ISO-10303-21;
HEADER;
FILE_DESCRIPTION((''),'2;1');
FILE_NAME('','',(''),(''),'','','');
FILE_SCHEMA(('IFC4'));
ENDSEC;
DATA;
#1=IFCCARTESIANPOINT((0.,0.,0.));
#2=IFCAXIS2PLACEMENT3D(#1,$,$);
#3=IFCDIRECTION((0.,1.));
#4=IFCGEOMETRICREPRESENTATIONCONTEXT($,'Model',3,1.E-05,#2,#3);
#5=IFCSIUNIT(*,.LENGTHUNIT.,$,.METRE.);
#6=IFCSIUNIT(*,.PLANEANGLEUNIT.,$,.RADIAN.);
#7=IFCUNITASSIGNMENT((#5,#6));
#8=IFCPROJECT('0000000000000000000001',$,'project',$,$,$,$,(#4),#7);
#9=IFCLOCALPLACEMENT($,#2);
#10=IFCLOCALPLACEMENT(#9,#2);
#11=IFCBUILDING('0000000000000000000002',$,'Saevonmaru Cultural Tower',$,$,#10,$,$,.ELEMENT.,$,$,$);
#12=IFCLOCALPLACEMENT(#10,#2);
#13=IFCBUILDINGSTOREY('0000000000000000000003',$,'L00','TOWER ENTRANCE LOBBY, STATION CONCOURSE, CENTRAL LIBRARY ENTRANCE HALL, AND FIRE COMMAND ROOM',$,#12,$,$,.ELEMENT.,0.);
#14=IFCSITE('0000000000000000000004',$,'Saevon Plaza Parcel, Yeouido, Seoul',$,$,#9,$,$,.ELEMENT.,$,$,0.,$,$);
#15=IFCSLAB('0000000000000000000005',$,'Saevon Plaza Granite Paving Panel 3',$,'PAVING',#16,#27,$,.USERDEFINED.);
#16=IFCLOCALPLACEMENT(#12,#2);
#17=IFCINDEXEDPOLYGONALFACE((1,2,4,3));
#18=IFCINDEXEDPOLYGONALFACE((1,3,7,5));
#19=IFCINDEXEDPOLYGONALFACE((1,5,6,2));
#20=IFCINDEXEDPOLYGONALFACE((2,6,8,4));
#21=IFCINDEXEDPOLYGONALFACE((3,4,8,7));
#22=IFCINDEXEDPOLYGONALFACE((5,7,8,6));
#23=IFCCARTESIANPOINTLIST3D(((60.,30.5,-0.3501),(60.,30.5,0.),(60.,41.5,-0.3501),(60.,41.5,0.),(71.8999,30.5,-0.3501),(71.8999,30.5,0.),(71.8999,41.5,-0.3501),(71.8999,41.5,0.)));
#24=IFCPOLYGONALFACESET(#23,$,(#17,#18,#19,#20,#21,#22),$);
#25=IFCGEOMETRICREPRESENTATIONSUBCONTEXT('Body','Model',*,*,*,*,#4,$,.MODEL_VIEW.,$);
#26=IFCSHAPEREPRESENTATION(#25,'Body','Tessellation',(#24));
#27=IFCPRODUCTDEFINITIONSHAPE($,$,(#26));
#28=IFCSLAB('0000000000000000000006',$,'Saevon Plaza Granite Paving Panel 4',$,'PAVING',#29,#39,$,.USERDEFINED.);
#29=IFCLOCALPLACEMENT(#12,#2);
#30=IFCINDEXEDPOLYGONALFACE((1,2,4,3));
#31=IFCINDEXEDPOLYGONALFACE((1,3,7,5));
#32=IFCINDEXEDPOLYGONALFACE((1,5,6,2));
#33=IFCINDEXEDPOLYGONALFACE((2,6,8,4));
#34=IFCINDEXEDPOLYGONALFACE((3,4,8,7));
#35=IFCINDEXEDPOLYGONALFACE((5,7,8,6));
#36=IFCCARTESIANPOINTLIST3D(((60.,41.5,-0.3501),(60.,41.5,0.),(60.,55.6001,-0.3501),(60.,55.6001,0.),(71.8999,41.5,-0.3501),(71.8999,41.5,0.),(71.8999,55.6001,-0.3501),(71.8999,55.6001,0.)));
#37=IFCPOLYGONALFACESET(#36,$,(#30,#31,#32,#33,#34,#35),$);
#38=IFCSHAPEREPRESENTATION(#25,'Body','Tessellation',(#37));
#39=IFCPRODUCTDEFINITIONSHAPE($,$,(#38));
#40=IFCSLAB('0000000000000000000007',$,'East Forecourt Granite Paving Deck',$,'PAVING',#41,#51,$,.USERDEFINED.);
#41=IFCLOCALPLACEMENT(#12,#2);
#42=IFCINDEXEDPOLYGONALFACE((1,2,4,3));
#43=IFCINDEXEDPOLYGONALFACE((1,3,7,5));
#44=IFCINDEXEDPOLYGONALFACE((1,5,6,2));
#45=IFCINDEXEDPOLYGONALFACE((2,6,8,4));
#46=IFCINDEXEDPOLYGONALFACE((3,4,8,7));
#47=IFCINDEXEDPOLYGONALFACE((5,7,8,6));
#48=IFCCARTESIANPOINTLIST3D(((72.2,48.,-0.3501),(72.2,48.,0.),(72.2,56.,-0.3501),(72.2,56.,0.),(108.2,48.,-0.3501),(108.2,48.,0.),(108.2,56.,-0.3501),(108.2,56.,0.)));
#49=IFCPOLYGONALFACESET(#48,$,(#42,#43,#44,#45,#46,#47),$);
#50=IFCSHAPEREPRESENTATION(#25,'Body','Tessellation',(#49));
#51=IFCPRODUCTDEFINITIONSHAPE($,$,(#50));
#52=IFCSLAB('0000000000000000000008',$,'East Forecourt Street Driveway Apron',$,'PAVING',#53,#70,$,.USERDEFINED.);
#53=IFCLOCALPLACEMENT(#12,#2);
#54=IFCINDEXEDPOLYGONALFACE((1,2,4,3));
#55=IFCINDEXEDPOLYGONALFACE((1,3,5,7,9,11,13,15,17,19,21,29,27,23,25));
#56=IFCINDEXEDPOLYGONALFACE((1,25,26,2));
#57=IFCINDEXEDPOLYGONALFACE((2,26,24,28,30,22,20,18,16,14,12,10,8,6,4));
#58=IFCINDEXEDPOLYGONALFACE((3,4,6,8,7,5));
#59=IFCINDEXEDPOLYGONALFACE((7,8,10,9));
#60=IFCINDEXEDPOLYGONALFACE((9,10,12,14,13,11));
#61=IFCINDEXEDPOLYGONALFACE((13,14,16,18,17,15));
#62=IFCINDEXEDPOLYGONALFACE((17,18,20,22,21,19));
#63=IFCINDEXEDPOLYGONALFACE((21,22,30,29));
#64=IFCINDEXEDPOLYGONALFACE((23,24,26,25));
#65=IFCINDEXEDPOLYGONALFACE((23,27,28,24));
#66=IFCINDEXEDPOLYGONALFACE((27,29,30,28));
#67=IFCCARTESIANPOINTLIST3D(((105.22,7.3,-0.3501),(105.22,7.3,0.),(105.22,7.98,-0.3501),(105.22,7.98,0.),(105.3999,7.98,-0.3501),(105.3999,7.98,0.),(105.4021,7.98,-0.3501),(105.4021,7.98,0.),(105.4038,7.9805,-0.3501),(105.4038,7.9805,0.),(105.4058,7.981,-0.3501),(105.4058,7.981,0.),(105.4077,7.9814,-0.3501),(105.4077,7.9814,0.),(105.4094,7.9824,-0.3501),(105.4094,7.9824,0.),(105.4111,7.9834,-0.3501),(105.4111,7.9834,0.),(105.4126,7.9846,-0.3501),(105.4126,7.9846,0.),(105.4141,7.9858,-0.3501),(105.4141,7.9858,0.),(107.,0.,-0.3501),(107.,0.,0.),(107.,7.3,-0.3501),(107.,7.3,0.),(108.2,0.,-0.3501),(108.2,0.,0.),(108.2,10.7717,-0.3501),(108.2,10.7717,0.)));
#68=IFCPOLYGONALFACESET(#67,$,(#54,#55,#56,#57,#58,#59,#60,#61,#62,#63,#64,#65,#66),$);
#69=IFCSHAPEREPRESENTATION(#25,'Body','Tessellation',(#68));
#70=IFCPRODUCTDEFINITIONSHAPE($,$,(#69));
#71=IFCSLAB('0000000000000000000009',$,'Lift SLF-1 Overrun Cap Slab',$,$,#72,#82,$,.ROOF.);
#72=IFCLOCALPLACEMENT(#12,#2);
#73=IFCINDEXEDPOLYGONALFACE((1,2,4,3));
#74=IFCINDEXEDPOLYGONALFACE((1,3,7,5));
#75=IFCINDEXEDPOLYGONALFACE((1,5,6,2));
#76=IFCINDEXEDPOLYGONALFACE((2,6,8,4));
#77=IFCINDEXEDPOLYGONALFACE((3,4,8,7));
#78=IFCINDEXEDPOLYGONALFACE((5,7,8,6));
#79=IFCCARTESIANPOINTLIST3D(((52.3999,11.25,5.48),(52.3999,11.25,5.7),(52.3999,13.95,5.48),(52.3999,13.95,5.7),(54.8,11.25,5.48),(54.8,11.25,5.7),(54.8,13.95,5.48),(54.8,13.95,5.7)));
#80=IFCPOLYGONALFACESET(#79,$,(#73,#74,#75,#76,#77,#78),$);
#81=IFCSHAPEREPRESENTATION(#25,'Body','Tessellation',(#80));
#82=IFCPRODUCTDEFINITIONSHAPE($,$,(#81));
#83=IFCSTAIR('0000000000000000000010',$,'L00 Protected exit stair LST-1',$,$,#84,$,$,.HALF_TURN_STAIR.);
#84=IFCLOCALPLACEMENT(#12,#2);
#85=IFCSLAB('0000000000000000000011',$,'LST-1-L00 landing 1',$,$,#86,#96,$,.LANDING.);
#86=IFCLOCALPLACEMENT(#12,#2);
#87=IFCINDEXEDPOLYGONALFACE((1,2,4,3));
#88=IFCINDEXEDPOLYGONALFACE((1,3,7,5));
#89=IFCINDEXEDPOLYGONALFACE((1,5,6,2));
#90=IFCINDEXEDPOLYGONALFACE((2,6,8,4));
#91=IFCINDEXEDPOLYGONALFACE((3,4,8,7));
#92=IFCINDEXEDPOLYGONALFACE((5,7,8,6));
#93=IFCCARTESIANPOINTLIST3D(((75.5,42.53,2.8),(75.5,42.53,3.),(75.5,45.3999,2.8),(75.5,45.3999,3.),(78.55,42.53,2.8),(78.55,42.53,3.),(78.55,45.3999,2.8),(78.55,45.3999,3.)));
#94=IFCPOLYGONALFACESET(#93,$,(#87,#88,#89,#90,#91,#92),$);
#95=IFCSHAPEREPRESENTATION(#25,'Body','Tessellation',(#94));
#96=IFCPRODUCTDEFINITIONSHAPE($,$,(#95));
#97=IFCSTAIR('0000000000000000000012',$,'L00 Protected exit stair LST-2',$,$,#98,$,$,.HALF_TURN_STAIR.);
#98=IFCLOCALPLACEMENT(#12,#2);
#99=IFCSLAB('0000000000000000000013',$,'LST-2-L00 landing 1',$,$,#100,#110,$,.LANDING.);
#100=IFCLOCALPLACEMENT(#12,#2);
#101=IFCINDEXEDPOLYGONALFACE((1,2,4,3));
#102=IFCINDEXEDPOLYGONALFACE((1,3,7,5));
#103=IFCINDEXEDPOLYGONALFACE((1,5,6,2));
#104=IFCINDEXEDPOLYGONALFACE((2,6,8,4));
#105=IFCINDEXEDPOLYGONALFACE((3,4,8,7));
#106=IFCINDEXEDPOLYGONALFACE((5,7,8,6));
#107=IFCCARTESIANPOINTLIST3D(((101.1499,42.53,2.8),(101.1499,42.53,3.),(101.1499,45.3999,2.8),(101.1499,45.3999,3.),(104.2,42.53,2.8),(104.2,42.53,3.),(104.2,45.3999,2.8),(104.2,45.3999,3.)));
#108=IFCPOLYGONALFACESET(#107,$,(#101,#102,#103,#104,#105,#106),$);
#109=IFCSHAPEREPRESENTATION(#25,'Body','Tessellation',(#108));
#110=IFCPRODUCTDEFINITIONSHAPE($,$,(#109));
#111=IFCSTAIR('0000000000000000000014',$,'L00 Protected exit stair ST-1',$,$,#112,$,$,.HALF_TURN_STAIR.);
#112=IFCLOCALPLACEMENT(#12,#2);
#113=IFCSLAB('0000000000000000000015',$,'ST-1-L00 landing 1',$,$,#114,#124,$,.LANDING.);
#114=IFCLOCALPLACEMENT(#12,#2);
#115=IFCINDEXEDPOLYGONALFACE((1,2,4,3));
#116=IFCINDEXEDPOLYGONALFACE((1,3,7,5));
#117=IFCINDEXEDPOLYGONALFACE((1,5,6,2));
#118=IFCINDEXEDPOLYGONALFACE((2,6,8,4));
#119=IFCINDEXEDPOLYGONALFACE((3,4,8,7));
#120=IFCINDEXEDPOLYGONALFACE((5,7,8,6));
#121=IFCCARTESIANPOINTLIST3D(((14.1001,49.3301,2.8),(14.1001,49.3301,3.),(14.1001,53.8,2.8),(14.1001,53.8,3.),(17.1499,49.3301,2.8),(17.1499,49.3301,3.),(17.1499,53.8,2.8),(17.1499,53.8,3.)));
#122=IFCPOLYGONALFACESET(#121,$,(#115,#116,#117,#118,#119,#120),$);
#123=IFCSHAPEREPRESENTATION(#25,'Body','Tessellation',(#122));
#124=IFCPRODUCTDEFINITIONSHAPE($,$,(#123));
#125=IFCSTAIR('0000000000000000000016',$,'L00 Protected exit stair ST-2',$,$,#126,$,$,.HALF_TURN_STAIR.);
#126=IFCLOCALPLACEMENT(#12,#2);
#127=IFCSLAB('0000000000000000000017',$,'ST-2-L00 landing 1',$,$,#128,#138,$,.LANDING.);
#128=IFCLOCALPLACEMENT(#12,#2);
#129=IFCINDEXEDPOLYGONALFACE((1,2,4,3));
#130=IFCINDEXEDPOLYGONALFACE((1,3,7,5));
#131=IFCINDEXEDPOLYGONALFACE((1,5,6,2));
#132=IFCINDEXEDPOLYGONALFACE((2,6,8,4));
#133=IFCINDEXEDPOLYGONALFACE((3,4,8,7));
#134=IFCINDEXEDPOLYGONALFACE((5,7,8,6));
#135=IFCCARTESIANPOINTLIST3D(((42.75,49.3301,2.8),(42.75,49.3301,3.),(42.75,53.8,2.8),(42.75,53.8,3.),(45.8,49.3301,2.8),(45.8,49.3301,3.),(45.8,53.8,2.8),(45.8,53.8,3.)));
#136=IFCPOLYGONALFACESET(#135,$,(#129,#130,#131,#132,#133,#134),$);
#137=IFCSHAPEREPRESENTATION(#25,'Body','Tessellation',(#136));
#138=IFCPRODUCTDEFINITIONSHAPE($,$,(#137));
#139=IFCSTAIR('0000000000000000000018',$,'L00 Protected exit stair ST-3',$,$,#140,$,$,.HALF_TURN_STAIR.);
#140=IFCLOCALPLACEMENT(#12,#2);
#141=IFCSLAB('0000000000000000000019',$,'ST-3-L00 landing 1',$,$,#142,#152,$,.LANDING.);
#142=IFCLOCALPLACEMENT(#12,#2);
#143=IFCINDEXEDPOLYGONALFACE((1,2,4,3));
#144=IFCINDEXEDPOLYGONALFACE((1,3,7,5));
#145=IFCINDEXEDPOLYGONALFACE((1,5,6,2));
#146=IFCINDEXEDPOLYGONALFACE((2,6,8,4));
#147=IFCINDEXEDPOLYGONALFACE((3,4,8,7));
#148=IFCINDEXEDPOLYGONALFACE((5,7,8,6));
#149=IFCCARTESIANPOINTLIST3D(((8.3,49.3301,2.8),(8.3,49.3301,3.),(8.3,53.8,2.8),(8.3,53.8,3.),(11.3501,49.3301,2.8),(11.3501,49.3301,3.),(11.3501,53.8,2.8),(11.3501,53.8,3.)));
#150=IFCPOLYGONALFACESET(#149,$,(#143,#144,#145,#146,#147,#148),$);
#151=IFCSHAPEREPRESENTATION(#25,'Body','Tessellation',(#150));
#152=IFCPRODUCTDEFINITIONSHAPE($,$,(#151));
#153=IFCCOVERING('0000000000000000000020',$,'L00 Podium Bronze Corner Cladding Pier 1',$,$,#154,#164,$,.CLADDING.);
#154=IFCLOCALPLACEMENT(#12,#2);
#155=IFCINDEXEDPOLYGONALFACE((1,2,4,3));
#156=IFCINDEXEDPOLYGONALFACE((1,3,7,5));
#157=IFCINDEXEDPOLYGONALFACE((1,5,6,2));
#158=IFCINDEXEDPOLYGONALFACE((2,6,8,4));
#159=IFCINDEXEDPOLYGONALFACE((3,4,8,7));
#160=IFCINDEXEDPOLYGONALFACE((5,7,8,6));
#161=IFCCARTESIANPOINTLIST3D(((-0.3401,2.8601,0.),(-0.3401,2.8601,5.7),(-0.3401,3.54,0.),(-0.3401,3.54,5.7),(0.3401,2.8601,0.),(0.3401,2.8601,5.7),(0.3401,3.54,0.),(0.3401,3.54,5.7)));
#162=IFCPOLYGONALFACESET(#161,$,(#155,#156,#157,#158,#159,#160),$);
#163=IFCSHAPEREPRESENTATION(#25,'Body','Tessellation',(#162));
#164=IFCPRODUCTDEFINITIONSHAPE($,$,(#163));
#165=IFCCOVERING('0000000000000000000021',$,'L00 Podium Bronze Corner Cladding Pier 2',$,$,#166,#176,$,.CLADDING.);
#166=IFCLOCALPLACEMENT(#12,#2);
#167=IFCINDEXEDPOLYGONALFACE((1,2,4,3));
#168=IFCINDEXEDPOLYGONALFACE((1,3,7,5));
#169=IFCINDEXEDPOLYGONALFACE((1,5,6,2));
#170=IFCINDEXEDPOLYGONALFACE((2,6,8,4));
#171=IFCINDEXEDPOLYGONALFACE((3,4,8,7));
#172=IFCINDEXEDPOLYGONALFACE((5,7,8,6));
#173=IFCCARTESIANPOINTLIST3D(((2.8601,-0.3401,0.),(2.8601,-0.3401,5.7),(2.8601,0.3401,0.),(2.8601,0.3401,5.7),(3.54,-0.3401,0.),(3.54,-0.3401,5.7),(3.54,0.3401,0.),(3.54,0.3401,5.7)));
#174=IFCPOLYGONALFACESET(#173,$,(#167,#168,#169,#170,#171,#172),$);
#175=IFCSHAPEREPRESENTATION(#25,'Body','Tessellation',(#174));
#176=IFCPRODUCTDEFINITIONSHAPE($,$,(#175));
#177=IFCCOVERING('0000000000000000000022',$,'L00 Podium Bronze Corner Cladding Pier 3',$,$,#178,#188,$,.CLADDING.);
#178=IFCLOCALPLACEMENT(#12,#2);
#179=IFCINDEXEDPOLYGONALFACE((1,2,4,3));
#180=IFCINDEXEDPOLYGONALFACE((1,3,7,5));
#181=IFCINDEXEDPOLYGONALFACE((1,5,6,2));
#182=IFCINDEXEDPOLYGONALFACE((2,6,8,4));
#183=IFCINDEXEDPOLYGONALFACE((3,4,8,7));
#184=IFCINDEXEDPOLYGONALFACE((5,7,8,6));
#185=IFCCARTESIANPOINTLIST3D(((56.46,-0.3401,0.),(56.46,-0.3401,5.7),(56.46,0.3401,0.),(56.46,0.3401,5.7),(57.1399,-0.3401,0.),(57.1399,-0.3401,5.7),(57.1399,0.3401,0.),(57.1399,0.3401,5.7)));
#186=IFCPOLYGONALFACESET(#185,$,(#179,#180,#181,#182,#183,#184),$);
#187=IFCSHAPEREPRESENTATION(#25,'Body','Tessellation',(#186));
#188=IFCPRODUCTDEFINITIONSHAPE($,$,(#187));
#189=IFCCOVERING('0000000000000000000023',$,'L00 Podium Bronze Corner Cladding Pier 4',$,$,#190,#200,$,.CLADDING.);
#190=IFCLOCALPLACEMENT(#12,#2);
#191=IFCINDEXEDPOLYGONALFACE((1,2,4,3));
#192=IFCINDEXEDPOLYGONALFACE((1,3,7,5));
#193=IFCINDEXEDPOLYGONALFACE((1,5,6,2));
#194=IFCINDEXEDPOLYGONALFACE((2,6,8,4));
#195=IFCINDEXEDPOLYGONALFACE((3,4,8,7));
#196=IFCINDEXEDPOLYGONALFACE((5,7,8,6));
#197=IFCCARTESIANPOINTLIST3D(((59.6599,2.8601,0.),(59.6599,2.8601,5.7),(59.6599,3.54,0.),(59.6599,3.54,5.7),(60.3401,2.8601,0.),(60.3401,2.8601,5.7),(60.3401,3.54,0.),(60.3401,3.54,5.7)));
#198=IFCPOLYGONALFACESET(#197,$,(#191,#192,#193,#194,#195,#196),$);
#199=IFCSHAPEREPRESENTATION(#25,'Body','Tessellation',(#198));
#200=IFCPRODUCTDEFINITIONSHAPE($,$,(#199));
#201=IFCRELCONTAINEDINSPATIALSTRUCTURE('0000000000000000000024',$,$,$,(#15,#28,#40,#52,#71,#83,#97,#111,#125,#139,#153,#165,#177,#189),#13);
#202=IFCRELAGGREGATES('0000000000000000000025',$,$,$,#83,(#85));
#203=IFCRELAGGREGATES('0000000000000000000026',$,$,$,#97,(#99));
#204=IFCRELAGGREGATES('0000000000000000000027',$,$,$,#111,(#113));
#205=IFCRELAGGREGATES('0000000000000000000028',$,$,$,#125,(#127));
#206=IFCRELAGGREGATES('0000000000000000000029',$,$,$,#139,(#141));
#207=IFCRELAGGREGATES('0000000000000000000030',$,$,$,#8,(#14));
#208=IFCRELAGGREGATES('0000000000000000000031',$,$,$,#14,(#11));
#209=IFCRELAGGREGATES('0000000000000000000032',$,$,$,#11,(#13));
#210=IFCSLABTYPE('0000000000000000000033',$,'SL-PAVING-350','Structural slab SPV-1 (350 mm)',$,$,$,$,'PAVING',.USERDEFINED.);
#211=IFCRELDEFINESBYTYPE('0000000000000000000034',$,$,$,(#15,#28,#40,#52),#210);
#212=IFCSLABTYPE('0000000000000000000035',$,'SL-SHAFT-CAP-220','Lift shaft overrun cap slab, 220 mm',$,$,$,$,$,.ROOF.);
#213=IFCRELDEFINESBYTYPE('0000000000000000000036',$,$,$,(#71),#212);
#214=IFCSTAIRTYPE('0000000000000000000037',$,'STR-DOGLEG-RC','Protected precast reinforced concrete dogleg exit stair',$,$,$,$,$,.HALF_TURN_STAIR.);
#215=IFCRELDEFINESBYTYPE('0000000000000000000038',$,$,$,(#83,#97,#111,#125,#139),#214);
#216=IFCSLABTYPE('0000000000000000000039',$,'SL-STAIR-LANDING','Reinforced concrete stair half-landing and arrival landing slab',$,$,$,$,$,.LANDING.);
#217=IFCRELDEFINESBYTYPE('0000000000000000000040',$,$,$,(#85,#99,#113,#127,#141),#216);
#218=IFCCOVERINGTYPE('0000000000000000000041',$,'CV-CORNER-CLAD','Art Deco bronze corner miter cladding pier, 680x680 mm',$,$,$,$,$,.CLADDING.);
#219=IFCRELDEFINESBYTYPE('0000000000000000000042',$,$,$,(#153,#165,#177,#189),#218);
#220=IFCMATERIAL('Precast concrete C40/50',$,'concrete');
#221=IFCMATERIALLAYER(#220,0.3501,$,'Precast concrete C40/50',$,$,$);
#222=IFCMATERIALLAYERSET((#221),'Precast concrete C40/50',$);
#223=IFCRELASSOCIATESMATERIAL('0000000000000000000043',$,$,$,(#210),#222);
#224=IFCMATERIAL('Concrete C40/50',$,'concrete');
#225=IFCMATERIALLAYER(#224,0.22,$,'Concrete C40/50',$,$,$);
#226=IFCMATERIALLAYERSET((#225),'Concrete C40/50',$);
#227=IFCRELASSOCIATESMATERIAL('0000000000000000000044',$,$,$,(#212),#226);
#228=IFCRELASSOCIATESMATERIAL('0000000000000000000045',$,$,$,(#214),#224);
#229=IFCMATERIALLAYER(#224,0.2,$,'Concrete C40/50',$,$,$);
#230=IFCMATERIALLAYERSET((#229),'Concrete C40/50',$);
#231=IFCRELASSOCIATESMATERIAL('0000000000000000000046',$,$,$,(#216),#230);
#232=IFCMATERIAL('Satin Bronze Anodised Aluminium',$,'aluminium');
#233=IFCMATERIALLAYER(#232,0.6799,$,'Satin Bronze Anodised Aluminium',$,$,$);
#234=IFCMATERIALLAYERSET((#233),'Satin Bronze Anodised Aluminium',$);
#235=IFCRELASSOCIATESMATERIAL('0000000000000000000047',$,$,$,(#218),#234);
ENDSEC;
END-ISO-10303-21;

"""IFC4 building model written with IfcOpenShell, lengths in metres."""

from ifc_helpers import new_model, si_unit, direction, frame, origin, place, context, subcontext, project, spatial, polyline, outline, extrude, material, layer, layer_set, type_object, element, aggregate, save


model = new_model("IFC4")

# Units and contexts
model_context = context("Model", 3, precision=1e-05, world=origin(), true_north=direction((0.0, 1.0)))
body_context = subcontext(model_context, "Body", "Model", "MODEL_VIEW")
ifc_project = project(units=[si_unit("LENGTHUNIT", "METRE"), si_unit("PLANEANGLEUNIT", "RADIAN")], contexts=[model_context])

# Site, building, storey
site_placement = place(None, origin())
site = spatial("IfcSite", under=ifc_project, at=site_placement, Name="Saevon Plaza Parcel, Yeouido, Seoul", CompositionType="ELEMENT", RefElevation=0.0)
building_placement = place(site_placement, origin())
building = spatial("IfcBuilding", under=site, at=building_placement, Name="Saevonmaru Cultural Tower", CompositionType="ELEMENT")
storey_placement = place(building_placement, origin())
storey = spatial("IfcBuildingStorey", under=building, at=storey_placement, Name="L00", Description="TOWER ENTRANCE LOBBY, STATION CONCOURSE, CENTRAL LIBRARY ENTRANCE HALL, AND FIRE COMMAND ROOM", CompositionType="ELEMENT", Elevation=0.0)

# Shared definitions
ifc_material_1 = material(Name="Concrete C40/50", Category="concrete")

# Slabs
ifc_material_2 = material(Name="Precast concrete C40/50", Category="concrete")
ifc_layer_1 = layer(ifc_material_2, 0.3501, Name="Precast concrete C40/50")
ifc_layer_set_1 = layer_set([ifc_layer_1], Name="Precast concrete C40/50")
slab_type_1 = type_object("IfcSlabType", Name="SL-PAVING-350", Description="Structural slab SPV-1 (350 mm)", ElementType="PAVING", PredefinedType="USERDEFINED", material=ifc_layer_set_1)
slab_1_placement = place(storey_placement, frame((0.0, 0.0, -0.3501)))
element("IfcSlab", 1, at=slab_1_placement, inside=storey, type_object=slab_type_1, Name="Saevon Plaza Granite Paving Panel 3", ObjectType="PAVING", PredefinedType="USERDEFINED", context=body_context, shape_type="SweptSolid", body=[
    extrude(outline(polyline([(60.0, 30.5), (71.8999, 30.5), (71.8999, 41.5), (60.0, 41.5), (60.0, 30.5)])), origin(), (0.0, 0.0, 1.0), 0.3501),
])
slab_2_placement = place(storey_placement, frame((0.0, 0.0, -0.3501)))
element("IfcSlab", 2, at=slab_2_placement, inside=storey, type_object=slab_type_1, Name="Saevon Plaza Granite Paving Panel 4", ObjectType="PAVING", PredefinedType="USERDEFINED", context=body_context, shape_type="SweptSolid", body=[
    extrude(outline(polyline([(60.0, 41.5), (71.8999, 41.5), (71.8999, 55.6001), (60.0, 55.6001), (60.0, 41.5)])), origin(), (0.0, 0.0, 1.0), 0.3501),
])
slab_3_placement = place(storey_placement, frame((0.0, 0.0, -0.3501)))
element("IfcSlab", 3, at=slab_3_placement, inside=storey, type_object=slab_type_1, Name="East Forecourt Granite Paving Deck", ObjectType="PAVING", PredefinedType="USERDEFINED", context=body_context, shape_type="SweptSolid", body=[
    extrude(outline(polyline([(72.2, 48.0), (108.2, 48.0), (108.2, 56.0), (72.2, 56.0), (72.2, 48.0)])), origin(), (0.0, 0.0, 1.0), 0.3501),
])
slab_4_placement = place(storey_placement, frame((0.0, 0.0, -0.3501)))
element("IfcSlab", 4, at=slab_4_placement, inside=storey, type_object=slab_type_1, Name="East Forecourt Street Driveway Apron", ObjectType="PAVING", PredefinedType="USERDEFINED", context=body_context, shape_type="SweptSolid", body=[
    extrude(outline(polyline([(108.2, 10.7717), (105.4141, 7.9858), (105.4126, 7.9846), (105.4111, 7.9834), (105.4094, 7.9824), (105.4077, 7.9814), (105.4058, 7.981), (105.4038, 7.9805), (105.4021, 7.98), (105.3999, 7.98), (105.22, 7.98), (105.22, 7.3), (107.0, 7.3), (107.0, 0.0), (108.2, 0.0), (108.2, 10.7717)])), origin(), (0.0, 0.0, 1.0), 0.3501),
])
ifc_layer_2 = layer(ifc_material_1, 0.22, Name="Concrete C40/50")
ifc_layer_set_2 = layer_set([ifc_layer_2], Name="Concrete C40/50")
slab_type_2 = type_object("IfcSlabType", Name="SL-SHAFT-CAP-220", Description="Lift shaft overrun cap slab, 220 mm", PredefinedType="ROOF", material=ifc_layer_set_2)
slab_5_placement = place(storey_placement, frame((0.0, 0.0, 5.48)))
element("IfcSlab", 5, at=slab_5_placement, inside=storey, type_object=slab_type_2, Name="Lift SLF-1 Overrun Cap Slab", PredefinedType="ROOF", context=body_context, shape_type="SweptSolid", body=[
    extrude(outline(polyline([(52.3999, 11.25), (54.8, 11.25), (54.8, 13.95), (52.3999, 13.95), (52.3999, 11.25)])), origin(), (0.0, 0.0, 1.0), 0.22),
])

# Stairs, slabs
stair_type = type_object("IfcStairType", Name="STR-DOGLEG-RC", Description="Protected precast reinforced concrete dogleg exit stair", PredefinedType="HALF_TURN_STAIR", material=ifc_material_1)
stair_1_placement = place(storey_placement, origin())
stair_1 = element("IfcStair", 6, at=stair_1_placement, inside=storey, type_object=stair_type, Name="L00 Protected exit stair LST-1", PredefinedType="HALF_TURN_STAIR")
ifc_layer_3 = layer(ifc_material_1, 0.2, Name="Concrete C40/50")
ifc_layer_set_3 = layer_set([ifc_layer_3], Name="Concrete C40/50")
slab_type_3 = type_object("IfcSlabType", Name="SL-STAIR-LANDING", Description="Reinforced concrete stair half-landing and arrival landing slab", PredefinedType="LANDING", material=ifc_layer_set_3)
slab_6_placement = place(storey_placement, frame((0.0, 0.0, 2.8)))
slab_6 = element("IfcSlab", 7, at=slab_6_placement, type_object=slab_type_3, Name="LST-1-L00 landing 1", PredefinedType="LANDING", context=body_context, shape_type="SweptSolid", body=[
    extrude(outline(polyline([(78.55, 42.53), (78.55, 45.3999), (75.5, 45.3999), (75.5, 42.53), (78.55, 42.53)])), origin(), (0.0, 0.0, 1.0), 0.2),
])
aggregate(stair_1, [slab_6])
stair_2_placement = place(storey_placement, origin())
stair_2 = element("IfcStair", 8, at=stair_2_placement, inside=storey, type_object=stair_type, Name="L00 Protected exit stair LST-2", PredefinedType="HALF_TURN_STAIR")
slab_7_placement = place(storey_placement, frame((0.0, 0.0, 2.8)))
slab_7 = element("IfcSlab", 9, at=slab_7_placement, type_object=slab_type_3, Name="LST-2-L00 landing 1", PredefinedType="LANDING", context=body_context, shape_type="SweptSolid", body=[
    extrude(outline(polyline([(104.2, 42.53), (104.2, 45.3999), (101.1499, 45.3999), (101.1499, 42.53), (104.2, 42.53)])), origin(), (0.0, 0.0, 1.0), 0.2),
])
aggregate(stair_2, [slab_7])
stair_3_placement = place(storey_placement, origin())
stair_3 = element("IfcStair", 10, at=stair_3_placement, inside=storey, type_object=stair_type, Name="L00 Protected exit stair ST-1", PredefinedType="HALF_TURN_STAIR")
slab_8_placement = place(storey_placement, frame((0.0, 0.0, 2.8)))
slab_8 = element("IfcSlab", 11, at=slab_8_placement, type_object=slab_type_3, Name="ST-1-L00 landing 1", PredefinedType="LANDING", context=body_context, shape_type="SweptSolid", body=[
    extrude(outline(polyline([(17.1499, 49.3301), (17.1499, 53.8), (14.1001, 53.8), (14.1001, 49.3301), (17.1499, 49.3301)])), origin(), (0.0, 0.0, 1.0), 0.2),
])
aggregate(stair_3, [slab_8])
stair_4_placement = place(storey_placement, origin())
stair_4 = element("IfcStair", 12, at=stair_4_placement, inside=storey, type_object=stair_type, Name="L00 Protected exit stair ST-2", PredefinedType="HALF_TURN_STAIR")
slab_9_placement = place(storey_placement, frame((0.0, 0.0, 2.8)))
slab_9 = element("IfcSlab", 13, at=slab_9_placement, type_object=slab_type_3, Name="ST-2-L00 landing 1", PredefinedType="LANDING", context=body_context, shape_type="SweptSolid", body=[
    extrude(outline(polyline([(45.8, 49.3301), (45.8, 53.8), (42.75, 53.8), (42.75, 49.3301), (45.8, 49.3301)])), origin(), (0.0, 0.0, 1.0), 0.2),
])
aggregate(stair_4, [slab_9])
stair_5_placement = place(storey_placement, origin())
stair_5 = element("IfcStair", 14, at=stair_5_placement, inside=storey, type_object=stair_type, Name="L00 Protected exit stair ST-3", PredefinedType="HALF_TURN_STAIR")
slab_10_placement = place(storey_placement, frame((0.0, 0.0, 2.8)))
slab_10 = element("IfcSlab", 15, at=slab_10_placement, type_object=slab_type_3, Name="ST-3-L00 landing 1", PredefinedType="LANDING", context=body_context, shape_type="SweptSolid", body=[
    extrude(outline(polyline([(11.3501, 49.3301), (11.3501, 53.8), (8.3, 53.8), (8.3, 49.3301), (11.3501, 49.3301)])), origin(), (0.0, 0.0, 1.0), 0.2),
])
aggregate(stair_5, [slab_10])

# Coverings
ifc_material_3 = material(Name="Satin Bronze Anodised Aluminium", Category="aluminium")
ifc_layer_4 = layer(ifc_material_3, 0.6799, Name="Satin Bronze Anodised Aluminium")
ifc_layer_set_4 = layer_set([ifc_layer_4], Name="Satin Bronze Anodised Aluminium")
covering_type = type_object("IfcCoveringType", Name="CV-CORNER-CLAD", Description="Art Deco bronze corner miter cladding pier, 680x680 mm", PredefinedType="CLADDING", material=ifc_layer_set_4)
covering_1_placement = place(storey_placement, origin())
element("IfcCovering", 16, at=covering_1_placement, inside=storey, type_object=covering_type, Name="L00 Podium Bronze Corner Cladding Pier 1", PredefinedType="CLADDING", context=body_context, shape_type="SweptSolid", body=[
    extrude(outline(polyline([(-0.3401, 2.8601), (0.3401, 2.8601), (0.3401, 3.54), (-0.3401, 3.54), (-0.3401, 2.8601)])), origin(), (0.0, 0.0, 1.0), 5.7),
])
covering_2_placement = place(storey_placement, origin())
element("IfcCovering", 17, at=covering_2_placement, inside=storey, type_object=covering_type, Name="L00 Podium Bronze Corner Cladding Pier 2", PredefinedType="CLADDING", context=body_context, shape_type="SweptSolid", body=[
    extrude(outline(polyline([(2.8601, -0.3401), (3.54, -0.3401), (3.54, 0.3401), (2.8601, 0.3401), (2.8601, -0.3401)])), origin(), (0.0, 0.0, 1.0), 5.7),
])
covering_3_placement = place(storey_placement, origin())
element("IfcCovering", 18, at=covering_3_placement, inside=storey, type_object=covering_type, Name="L00 Podium Bronze Corner Cladding Pier 3", PredefinedType="CLADDING", context=body_context, shape_type="SweptSolid", body=[
    extrude(outline(polyline([(56.46, -0.3401), (57.1399, -0.3401), (57.1399, 0.3401), (56.46, 0.3401), (56.46, -0.3401)])), origin(), (0.0, 0.0, 1.0), 5.7),
])
covering_4_placement = place(storey_placement, origin())
element("IfcCovering", 19, at=covering_4_placement, inside=storey, type_object=covering_type, Name="L00 Podium Bronze Corner Cladding Pier 4", PredefinedType="CLADDING", context=body_context, shape_type="SweptSolid", body=[
    extrude(outline(polyline([(59.6599, 2.8601), (60.3401, 2.8601), (60.3401, 3.54), (59.6599, 3.54), (59.6599, 2.8601)])), origin(), (0.0, 0.0, 1.0), 5.7),
])

save(model, "model.ifc")
